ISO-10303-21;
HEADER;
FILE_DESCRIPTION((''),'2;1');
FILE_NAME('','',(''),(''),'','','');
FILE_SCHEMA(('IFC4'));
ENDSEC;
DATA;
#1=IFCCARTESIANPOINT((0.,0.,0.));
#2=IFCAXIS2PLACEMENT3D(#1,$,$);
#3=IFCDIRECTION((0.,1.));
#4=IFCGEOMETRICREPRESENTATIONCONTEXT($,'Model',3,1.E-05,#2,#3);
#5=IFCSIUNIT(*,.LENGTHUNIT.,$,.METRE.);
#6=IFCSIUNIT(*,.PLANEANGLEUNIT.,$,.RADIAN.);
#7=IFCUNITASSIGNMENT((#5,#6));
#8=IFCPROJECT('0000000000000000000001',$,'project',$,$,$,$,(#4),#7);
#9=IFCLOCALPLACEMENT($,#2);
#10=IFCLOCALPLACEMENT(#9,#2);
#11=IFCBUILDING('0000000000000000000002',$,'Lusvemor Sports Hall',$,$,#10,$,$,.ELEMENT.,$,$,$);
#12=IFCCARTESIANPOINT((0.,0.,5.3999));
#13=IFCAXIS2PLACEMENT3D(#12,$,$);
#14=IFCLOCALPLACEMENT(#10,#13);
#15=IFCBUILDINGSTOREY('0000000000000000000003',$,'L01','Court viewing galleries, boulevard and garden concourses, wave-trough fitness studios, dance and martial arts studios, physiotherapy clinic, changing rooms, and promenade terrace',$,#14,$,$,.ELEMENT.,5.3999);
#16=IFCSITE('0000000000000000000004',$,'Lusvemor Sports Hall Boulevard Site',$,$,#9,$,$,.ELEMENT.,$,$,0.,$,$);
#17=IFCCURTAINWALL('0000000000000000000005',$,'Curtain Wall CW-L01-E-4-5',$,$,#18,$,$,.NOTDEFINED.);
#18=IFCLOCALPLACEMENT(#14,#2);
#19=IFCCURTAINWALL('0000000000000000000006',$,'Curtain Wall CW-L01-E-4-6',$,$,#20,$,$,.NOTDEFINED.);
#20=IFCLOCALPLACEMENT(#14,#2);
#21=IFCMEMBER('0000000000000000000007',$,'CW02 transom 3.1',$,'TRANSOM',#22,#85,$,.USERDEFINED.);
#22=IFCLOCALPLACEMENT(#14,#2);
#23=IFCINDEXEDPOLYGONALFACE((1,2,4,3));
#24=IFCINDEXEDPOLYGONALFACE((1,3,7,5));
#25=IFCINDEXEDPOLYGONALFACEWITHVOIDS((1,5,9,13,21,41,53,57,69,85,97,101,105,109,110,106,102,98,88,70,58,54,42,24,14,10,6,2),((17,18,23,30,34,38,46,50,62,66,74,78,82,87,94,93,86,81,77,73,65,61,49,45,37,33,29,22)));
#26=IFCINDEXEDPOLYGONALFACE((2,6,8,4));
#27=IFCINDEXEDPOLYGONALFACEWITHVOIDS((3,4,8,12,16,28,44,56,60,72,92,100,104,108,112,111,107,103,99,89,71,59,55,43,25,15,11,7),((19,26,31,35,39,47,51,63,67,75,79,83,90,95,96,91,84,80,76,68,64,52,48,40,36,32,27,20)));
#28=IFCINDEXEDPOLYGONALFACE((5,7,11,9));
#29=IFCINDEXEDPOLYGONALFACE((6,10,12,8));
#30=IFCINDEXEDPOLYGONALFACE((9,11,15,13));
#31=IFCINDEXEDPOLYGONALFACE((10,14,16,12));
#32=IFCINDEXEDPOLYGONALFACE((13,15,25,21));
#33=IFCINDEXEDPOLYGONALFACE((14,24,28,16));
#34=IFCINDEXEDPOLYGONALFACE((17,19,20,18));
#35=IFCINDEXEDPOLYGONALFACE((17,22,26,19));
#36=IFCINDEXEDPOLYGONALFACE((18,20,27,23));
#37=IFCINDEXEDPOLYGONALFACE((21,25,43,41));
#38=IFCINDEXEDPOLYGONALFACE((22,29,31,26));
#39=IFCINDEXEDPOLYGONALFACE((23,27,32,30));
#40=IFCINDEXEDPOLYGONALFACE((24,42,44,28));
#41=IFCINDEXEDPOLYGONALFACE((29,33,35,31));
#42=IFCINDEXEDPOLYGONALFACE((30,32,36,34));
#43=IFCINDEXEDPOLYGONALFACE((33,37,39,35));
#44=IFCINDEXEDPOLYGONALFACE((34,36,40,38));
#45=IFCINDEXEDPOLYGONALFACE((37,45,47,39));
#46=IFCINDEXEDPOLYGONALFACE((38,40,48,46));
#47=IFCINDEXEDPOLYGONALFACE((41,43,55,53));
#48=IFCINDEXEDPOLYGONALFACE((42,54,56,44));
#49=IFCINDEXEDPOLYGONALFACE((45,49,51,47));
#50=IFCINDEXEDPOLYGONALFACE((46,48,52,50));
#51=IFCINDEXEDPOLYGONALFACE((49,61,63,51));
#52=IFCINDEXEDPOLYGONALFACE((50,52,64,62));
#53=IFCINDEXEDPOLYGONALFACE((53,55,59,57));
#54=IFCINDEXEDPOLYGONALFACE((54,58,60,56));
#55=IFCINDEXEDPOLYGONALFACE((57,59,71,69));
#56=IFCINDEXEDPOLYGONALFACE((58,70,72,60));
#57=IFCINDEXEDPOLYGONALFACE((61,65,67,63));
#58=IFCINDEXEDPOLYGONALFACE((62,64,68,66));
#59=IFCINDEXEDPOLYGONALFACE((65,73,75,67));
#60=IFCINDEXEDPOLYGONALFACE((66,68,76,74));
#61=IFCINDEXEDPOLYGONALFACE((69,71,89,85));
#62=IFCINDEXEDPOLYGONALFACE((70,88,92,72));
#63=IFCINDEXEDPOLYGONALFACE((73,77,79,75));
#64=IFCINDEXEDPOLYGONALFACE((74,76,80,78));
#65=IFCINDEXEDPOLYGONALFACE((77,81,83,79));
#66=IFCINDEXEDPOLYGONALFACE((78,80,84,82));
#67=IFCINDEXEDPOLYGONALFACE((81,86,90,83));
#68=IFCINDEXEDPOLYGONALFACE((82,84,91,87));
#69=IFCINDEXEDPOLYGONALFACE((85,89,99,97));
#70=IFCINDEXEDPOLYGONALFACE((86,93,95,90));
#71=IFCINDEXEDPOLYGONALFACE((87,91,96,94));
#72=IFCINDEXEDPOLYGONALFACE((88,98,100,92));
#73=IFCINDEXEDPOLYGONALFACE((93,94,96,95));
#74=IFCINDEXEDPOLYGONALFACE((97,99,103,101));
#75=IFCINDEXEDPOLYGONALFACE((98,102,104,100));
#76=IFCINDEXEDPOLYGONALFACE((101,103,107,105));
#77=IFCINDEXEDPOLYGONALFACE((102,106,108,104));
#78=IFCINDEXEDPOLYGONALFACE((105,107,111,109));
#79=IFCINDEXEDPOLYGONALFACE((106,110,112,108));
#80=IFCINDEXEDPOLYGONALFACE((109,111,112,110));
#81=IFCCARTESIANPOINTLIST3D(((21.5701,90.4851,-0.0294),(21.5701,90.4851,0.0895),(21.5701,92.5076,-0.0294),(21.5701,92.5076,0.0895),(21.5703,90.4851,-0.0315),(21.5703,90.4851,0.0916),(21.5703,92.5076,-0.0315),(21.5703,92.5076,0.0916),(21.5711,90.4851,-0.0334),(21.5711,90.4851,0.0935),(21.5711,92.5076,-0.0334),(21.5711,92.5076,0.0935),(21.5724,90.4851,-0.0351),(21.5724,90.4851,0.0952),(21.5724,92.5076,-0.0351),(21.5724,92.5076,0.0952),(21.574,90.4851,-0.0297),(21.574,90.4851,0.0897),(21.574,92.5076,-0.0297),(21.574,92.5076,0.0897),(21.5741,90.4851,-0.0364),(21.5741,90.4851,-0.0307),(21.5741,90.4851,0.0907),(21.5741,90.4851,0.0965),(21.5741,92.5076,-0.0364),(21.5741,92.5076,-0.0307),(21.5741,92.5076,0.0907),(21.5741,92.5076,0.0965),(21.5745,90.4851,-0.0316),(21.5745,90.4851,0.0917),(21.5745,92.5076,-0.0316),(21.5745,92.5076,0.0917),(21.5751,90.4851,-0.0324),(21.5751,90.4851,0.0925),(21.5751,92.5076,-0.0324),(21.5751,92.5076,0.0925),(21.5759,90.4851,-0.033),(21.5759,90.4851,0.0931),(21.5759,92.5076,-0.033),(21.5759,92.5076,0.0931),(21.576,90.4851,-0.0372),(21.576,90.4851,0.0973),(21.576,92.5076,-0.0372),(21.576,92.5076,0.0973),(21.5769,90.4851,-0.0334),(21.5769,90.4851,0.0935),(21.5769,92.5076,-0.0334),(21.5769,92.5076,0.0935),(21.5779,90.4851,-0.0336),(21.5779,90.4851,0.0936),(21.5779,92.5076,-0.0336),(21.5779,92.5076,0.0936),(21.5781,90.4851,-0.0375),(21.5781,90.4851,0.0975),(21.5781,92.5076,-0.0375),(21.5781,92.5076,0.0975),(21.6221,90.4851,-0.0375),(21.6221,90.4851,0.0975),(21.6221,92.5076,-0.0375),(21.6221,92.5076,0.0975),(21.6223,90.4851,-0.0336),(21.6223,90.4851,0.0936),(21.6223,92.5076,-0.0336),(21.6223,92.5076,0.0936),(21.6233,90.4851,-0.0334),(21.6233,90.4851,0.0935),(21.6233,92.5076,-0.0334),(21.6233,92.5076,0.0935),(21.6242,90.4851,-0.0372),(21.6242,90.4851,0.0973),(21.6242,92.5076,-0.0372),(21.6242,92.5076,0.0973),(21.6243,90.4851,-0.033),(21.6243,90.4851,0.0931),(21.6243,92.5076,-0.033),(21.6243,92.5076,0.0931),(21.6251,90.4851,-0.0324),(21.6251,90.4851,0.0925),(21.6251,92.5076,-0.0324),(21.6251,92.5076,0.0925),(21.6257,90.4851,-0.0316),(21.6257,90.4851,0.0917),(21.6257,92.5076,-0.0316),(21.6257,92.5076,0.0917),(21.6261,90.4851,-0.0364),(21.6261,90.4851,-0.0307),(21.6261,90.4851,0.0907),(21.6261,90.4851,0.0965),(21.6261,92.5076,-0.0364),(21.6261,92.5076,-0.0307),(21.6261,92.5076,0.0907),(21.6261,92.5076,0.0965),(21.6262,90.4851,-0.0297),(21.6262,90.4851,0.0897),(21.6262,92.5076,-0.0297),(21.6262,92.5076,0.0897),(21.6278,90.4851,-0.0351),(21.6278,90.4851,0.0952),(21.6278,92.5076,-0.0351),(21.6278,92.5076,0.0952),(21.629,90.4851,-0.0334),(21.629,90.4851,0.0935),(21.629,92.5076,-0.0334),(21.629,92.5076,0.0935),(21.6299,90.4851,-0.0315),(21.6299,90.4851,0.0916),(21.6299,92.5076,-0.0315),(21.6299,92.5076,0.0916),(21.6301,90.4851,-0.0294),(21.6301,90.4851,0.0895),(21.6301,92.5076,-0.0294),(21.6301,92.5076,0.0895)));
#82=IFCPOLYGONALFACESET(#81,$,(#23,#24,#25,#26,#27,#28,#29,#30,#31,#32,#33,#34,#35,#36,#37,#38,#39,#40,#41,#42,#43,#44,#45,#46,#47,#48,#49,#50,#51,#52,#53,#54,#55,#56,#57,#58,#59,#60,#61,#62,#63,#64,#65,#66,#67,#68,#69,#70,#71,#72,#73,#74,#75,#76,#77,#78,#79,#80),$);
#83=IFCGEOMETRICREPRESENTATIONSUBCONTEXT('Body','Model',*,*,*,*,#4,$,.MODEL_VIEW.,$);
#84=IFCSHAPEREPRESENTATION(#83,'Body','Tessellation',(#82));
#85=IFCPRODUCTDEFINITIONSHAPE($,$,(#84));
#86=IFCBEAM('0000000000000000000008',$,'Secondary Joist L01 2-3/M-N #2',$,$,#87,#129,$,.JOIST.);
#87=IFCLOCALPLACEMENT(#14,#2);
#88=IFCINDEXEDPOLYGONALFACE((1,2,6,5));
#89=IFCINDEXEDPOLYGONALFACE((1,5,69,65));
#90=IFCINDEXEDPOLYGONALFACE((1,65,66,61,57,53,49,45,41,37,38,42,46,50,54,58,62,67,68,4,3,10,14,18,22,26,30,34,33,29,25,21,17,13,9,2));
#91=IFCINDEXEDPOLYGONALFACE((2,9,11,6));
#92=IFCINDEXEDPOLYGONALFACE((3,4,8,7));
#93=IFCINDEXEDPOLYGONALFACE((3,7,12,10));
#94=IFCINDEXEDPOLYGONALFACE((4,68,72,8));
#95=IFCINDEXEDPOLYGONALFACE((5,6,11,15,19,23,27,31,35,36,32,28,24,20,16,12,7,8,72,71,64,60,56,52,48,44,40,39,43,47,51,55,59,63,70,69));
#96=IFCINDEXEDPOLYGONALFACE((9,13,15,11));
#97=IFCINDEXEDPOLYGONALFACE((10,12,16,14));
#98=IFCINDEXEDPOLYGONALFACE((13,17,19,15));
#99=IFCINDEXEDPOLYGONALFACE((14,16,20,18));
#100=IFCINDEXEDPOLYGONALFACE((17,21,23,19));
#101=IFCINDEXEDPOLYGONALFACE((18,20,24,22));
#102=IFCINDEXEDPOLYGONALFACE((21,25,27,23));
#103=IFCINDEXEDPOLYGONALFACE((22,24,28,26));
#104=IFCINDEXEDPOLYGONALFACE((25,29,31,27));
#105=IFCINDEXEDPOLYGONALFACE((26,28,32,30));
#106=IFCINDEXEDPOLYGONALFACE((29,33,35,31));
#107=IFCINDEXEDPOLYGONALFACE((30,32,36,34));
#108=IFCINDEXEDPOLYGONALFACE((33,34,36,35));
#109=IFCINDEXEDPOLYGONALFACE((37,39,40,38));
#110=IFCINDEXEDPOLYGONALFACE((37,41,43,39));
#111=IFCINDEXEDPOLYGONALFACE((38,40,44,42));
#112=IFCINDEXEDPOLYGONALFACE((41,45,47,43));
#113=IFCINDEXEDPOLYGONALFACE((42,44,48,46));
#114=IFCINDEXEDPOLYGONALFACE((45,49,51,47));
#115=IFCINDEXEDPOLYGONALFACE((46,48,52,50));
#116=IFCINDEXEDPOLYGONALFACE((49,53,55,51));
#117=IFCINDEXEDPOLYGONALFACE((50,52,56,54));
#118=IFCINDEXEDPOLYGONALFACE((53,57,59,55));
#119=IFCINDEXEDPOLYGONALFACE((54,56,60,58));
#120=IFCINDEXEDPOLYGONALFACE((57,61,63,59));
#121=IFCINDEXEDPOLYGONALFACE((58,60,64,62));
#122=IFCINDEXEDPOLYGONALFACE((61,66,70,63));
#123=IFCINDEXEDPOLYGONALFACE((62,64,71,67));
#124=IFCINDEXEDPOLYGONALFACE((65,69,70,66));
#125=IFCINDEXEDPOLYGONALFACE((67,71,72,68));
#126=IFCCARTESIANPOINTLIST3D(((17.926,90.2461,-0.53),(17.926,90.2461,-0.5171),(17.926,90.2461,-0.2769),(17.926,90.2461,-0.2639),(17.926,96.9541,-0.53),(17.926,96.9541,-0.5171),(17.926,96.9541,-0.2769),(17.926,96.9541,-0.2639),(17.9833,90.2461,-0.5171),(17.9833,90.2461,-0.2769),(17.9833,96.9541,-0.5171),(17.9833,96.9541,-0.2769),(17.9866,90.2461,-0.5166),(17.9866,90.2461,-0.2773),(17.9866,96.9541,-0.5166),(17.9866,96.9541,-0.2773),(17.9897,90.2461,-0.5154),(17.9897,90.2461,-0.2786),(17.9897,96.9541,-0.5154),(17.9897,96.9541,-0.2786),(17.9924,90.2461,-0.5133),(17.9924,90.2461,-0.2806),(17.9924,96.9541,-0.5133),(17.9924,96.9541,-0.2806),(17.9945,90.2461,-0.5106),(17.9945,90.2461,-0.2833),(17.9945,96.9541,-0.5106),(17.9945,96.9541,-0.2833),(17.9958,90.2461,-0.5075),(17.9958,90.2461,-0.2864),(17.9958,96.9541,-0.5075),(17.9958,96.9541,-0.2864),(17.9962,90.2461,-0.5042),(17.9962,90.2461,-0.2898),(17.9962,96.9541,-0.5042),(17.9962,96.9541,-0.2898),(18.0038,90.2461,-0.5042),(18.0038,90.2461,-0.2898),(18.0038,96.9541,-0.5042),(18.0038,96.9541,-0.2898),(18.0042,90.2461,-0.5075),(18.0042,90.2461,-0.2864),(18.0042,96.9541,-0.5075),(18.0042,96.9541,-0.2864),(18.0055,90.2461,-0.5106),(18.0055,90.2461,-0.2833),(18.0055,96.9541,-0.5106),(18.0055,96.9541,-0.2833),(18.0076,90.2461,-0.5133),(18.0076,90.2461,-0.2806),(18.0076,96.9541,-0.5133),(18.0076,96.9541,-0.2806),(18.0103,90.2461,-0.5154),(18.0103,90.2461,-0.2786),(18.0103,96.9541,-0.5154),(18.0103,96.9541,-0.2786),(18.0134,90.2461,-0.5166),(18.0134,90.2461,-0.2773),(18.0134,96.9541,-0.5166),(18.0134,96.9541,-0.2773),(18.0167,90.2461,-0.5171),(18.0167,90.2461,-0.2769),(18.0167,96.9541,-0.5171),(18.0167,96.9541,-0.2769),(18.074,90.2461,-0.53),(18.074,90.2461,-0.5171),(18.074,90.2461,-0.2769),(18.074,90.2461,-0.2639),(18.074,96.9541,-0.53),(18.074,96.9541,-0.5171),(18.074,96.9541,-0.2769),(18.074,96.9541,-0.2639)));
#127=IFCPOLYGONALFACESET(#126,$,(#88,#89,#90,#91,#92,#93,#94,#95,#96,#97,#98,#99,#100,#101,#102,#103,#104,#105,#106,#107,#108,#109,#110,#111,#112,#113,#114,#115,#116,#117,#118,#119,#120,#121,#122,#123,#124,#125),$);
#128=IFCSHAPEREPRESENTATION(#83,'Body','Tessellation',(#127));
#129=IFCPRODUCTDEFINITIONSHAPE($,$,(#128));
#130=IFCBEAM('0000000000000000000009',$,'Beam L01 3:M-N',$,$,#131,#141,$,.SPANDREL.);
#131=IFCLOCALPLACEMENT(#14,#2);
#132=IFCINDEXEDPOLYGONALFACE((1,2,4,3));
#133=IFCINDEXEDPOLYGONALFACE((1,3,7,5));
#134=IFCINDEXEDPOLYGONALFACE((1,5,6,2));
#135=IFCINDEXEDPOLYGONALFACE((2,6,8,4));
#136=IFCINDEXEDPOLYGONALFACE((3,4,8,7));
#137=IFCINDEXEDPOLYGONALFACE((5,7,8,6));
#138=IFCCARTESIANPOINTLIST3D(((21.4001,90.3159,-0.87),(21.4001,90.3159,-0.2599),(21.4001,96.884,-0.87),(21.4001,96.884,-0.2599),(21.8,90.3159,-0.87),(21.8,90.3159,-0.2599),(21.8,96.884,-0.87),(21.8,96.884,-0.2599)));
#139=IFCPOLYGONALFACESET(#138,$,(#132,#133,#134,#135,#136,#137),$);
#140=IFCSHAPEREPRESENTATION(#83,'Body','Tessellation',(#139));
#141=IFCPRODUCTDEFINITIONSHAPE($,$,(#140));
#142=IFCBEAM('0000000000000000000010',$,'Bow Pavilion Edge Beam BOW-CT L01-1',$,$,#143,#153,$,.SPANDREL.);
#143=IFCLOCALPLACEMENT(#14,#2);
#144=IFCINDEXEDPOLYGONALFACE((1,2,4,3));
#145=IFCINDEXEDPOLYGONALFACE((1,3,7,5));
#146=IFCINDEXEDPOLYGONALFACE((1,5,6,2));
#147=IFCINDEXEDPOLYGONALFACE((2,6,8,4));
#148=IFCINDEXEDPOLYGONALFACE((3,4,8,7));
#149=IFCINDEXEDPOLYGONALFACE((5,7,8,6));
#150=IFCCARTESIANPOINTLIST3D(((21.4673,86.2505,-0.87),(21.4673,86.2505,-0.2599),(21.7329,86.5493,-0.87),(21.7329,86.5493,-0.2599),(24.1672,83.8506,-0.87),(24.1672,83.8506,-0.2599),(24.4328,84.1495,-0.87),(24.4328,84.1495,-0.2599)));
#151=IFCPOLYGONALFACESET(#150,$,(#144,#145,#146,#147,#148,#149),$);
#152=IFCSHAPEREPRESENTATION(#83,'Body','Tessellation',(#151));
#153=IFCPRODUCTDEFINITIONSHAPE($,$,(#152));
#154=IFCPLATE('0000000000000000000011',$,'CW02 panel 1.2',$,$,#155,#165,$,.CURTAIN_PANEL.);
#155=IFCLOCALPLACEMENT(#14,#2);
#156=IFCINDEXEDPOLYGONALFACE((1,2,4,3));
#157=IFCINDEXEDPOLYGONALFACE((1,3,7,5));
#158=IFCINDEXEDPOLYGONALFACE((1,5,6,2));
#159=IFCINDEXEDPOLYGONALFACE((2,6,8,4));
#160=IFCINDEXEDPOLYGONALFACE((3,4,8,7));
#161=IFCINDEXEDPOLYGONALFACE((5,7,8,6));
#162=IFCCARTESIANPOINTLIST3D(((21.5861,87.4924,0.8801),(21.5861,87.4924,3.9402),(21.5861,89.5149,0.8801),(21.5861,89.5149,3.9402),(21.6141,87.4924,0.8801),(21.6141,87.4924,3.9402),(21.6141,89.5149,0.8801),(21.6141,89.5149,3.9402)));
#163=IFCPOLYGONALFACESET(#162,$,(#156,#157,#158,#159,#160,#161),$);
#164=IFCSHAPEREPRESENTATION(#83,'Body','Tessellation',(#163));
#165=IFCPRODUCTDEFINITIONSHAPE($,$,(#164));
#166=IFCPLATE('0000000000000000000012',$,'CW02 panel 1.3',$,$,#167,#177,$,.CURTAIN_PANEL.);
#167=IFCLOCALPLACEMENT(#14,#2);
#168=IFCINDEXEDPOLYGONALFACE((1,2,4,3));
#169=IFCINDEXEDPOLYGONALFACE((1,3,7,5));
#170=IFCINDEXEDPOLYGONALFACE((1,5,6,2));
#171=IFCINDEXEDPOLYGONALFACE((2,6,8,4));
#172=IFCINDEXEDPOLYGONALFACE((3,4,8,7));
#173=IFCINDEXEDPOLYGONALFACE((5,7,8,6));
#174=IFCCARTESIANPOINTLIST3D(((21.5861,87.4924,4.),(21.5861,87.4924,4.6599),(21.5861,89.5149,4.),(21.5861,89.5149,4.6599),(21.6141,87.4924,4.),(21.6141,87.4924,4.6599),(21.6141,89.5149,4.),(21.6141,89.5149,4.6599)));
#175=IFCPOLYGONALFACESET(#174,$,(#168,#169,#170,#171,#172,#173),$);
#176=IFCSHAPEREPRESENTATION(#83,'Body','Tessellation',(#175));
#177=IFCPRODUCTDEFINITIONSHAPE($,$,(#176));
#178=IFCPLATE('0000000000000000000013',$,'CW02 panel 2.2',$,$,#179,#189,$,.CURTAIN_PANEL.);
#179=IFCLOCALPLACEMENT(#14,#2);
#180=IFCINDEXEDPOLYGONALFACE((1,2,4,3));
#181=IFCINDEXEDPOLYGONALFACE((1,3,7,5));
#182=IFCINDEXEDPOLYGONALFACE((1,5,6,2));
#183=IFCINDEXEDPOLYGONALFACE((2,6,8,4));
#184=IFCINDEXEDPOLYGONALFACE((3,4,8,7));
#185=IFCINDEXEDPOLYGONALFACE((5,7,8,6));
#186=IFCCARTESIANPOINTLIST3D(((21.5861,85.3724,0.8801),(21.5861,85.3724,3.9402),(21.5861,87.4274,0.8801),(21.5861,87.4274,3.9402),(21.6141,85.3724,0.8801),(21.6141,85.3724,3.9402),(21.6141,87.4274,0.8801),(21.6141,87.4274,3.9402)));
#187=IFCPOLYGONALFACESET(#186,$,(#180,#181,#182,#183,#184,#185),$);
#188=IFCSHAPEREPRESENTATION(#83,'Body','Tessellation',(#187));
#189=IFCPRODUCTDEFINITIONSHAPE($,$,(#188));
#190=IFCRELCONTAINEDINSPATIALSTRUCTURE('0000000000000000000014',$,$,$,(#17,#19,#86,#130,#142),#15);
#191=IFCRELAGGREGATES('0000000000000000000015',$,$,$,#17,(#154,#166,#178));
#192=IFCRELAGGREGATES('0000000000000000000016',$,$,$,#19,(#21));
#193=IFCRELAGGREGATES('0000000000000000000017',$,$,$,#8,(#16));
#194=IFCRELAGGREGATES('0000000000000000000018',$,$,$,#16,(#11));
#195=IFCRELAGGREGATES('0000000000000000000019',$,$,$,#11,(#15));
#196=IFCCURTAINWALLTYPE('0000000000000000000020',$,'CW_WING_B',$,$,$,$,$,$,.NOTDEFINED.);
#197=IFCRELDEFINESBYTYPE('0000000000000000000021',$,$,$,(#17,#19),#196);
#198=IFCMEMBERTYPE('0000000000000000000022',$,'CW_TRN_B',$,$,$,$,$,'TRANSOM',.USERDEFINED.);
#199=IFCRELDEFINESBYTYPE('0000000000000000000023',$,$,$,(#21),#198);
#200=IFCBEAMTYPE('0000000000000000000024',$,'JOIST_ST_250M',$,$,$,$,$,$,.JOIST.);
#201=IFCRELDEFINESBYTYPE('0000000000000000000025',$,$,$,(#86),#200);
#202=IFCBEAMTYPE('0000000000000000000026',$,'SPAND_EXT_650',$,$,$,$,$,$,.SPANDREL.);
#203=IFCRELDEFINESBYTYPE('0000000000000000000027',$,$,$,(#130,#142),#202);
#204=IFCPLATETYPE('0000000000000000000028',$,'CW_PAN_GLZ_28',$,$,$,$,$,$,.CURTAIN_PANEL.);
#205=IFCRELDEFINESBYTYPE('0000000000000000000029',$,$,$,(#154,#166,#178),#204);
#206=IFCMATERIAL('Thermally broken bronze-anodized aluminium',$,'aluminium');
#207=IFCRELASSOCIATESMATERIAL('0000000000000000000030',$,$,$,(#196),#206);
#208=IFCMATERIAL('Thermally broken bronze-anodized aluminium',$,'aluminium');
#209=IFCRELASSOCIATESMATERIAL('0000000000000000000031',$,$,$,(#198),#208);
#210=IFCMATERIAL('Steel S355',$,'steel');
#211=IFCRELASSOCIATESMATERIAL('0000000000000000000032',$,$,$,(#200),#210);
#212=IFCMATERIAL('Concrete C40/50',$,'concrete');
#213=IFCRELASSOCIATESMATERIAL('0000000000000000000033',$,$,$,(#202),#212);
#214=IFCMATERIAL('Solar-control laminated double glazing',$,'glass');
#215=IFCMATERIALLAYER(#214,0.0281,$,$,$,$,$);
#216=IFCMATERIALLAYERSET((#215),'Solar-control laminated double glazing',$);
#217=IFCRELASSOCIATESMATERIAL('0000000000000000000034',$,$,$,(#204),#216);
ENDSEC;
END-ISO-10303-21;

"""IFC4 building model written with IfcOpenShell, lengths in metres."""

from ifc_helpers import new_model, si_unit, direction, frame, origin, origin_2d, place, context, subcontext, project, spatial, rectangle, hollow_rectangle, i_section, extrude, material, layer, layer_set, material_profile, profile_set, type_object, element, aggregate, save


model = new_model("IFC4")

# Units and contexts
model_context = context("Model", 3, precision=1e-05, world=origin(), true_north=direction((0.0, 1.0)))
body_context = subcontext(model_context, "Body", "Model", "MODEL_VIEW")
ifc_project = project(units=[si_unit("LENGTHUNIT", "METRE"), si_unit("PLANEANGLEUNIT", "RADIAN")], contexts=[model_context])

# Site, building, storey
site_placement = place(None, origin())
site = spatial("IfcSite", under=ifc_project, at=site_placement, Name="Lusvemor Sports Hall Boulevard Site", CompositionType="ELEMENT", RefElevation=0.0)
building_placement = place(site_placement, origin())
building = spatial("IfcBuilding", under=site, at=building_placement, Name="Lusvemor Sports Hall", CompositionType="ELEMENT")
storey_placement = place(building_placement, frame((0.0, 0.0, 5.3999)))
storey = spatial("IfcBuildingStorey", under=building, at=storey_placement, Name="L01", Description="Court viewing galleries, boulevard and garden concourses, wave-trough fitness studios, dance and martial arts studios, physiotherapy clinic, changing rooms, and promenade terrace", CompositionType="ELEMENT", Elevation=5.3999)

# Curtain wall
ifc_material_1 = material(Name="Thermally broken bronze-anodized aluminium", Category="aluminium")
curtain_wall_type = type_object("IfcCurtainWallType", Name="CW_WING_B", PredefinedType="NOTDEFINED", material=ifc_material_1)
curtain_wall_1_placement = place(storey_placement, origin())
curtain_wall_1 = element("IfcCurtainWall", 1, at=curtain_wall_1_placement, inside=storey, type_object=curtain_wall_type, Name="Curtain Wall CW-L01-E-4-5", PredefinedType="NOTDEFINED")

# Curtain wall
curtain_wall_2_placement = place(storey_placement, origin())
curtain_wall_2 = element("IfcCurtainWall", 2, at=curtain_wall_2_placement, inside=storey, type_object=curtain_wall_type, Name="Curtain Wall CW-L01-E-4-6", PredefinedType="NOTDEFINED")

# Member
ifc_material_2 = material(Name="Thermally broken bronze-anodized aluminium", Category="aluminium")
ifc_material_profile_1 = material_profile(ifc_material_2, hollow_rectangle(XDim=0.0601, YDim=0.135, WallThickness=0.0039, InnerFilletRadius=0.0039, OuterFilletRadius=0.0081, at=origin_2d()), Name="CWTRN135x60x4")
ifc_profile_set_1 = profile_set([ifc_material_profile_1], Name="Thermally broken bronze-anodized aluminium")
member_type_1 = type_object("IfcMemberType", Name="CW_TRN_B", ElementType="TRANSOM", PredefinedType="USERDEFINED", material=ifc_profile_set_1)
member_1_placement = place(storey_placement, frame((21.6001, 92.5076, 0.03), z_axis=(0.0, -1.0, 0.0), x_axis=(1.0, 0.0, 0.0)))
member_1 = element("IfcMember", 3, at=member_1_placement, type_object=member_type_1, Name="CW02 transom 3.1", ObjectType="TRANSOM", PredefinedType="USERDEFINED", context=body_context, shape_type="SweptSolid", body=[
    extrude(hollow_rectangle(XDim=0.0601, YDim=0.135, WallThickness=0.0039, InnerFilletRadius=0.0039, OuterFilletRadius=0.0081, at=origin_2d()), origin(), (0.0, 0.0, 1.0), 2.0225),
])

# Beams
ifc_material_3 = material(Name="Steel S355", Category="steel")
ifc_material_profile_2 = material_profile(ifc_material_3, i_section(OverallWidth=0.1479, OverallDepth=0.2661, WebThickness=0.0076, FlangeThickness=0.0129, FilletRadius=0.0129, at=origin_2d()), Name="W250x44.8")
ifc_profile_set_2 = profile_set([ifc_material_profile_2], Name="Steel S355")
beam_type_1 = type_object("IfcBeamType", Name="JOIST_ST_250M", PredefinedType="JOIST", material=ifc_profile_set_2)
beam_1_placement = place(storey_placement, frame((18.0, 90.2461, -0.397), z_axis=(0.0, 1.0, 0.0), x_axis=(-1.0, 0.0, 0.0)))
element("IfcBeam", 4, at=beam_1_placement, inside=storey, type_object=beam_type_1, Name="Secondary Joist L01 2-3/M-N #2", PredefinedType="JOIST", context=body_context, shape_type="SweptSolid", body=[
    extrude(i_section(OverallWidth=0.1479, OverallDepth=0.2661, WebThickness=0.0076, FlangeThickness=0.0129, FilletRadius=0.0129, at=origin_2d()), origin(), (0.0, 0.0, 1.0), 6.708),
])
ifc_material_4 = material(Name="Concrete C40/50", Category="concrete")
ifc_material_profile_3 = material_profile(ifc_material_4, rectangle(XDim=0.3999, YDim=0.6101, at=origin_2d()), Name="RC400x610")
ifc_profile_set_3 = profile_set([ifc_material_profile_3], Name="Concrete C40/50")
beam_type_2 = type_object("IfcBeamType", Name="SPAND_EXT_650", PredefinedType="SPANDREL", material=ifc_profile_set_3)
beam_2_placement = place(storey_placement, frame((21.6001, 90.3159, -0.5649), z_axis=(0.0, 1.0, 0.0), x_axis=(-1.0, 0.0, 0.0)))
element("IfcBeam", 5, at=beam_2_placement, inside=storey, type_object=beam_type_2, Name="Beam L01 3:M-N", PredefinedType="SPANDREL", context=body_context, shape_type="SweptSolid", body=[
    extrude(rectangle(XDim=0.3999, YDim=0.6101, at=origin_2d()), origin(), (0.0, 0.0, 1.0), 6.5681),
])
beam_3_placement = place(storey_placement, frame((21.6001, 86.3999, -0.5649), z_axis=(0.747417, -0.664355, 0.0), x_axis=(0.664355, 0.747417, 0.0)))
element("IfcBeam", 6, at=beam_3_placement, inside=storey, type_object=beam_type_2, Name="Bow Pavilion Edge Beam BOW-CT L01-1", PredefinedType="SPANDREL", context=body_context, shape_type="SweptSolid", body=[
    extrude(rectangle(XDim=0.3999, YDim=0.6101, at=origin_2d()), origin(), (0.0, 0.0, 1.0), 3.6123),
])

# Plates
ifc_material_5 = material(Name="Solar-control laminated double glazing", Category="glass")
ifc_layer_1 = layer(ifc_material_5, 0.0281)
ifc_layer_set_1 = layer_set([ifc_layer_1], Name="Solar-control laminated double glazing")
plate_type_1 = type_object("IfcPlateType", Name="CW_PAN_GLZ_28", PredefinedType="CURTAIN_PANEL", material=ifc_layer_set_1)
plate_1_placement = place(storey_placement, frame((21.6001, 88.5037, 0.8801), z_axis=(0.0, 0.0, 1.0), x_axis=(0.0, -1.0, 0.0)))
plate_1 = element("IfcPlate", 7, at=plate_1_placement, type_object=plate_type_1, Name="CW02 panel 1.2", PredefinedType="CURTAIN_PANEL", context=body_context, shape_type="SweptSolid", body=[
    extrude(rectangle(XDim=2.0225, YDim=0.0281, at=origin_2d()), origin(), (0.0, 0.0, 1.0), 3.0601),
])
plate_2_placement = place(storey_placement, frame((21.6001, 88.5037, 4.0), z_axis=(0.0, 0.0, 1.0), x_axis=(0.0, -1.0, 0.0)))
plate_2 = element("IfcPlate", 8, at=plate_2_placement, type_object=plate_type_1, Name="CW02 panel 1.3", PredefinedType="CURTAIN_PANEL", context=body_context, shape_type="SweptSolid", body=[
    extrude(rectangle(XDim=2.0225, YDim=0.0281, at=origin_2d()), origin(), (0.0, 0.0, 1.0), 0.6599),
])
plate_3_placement = place(storey_placement, frame((21.6001, 86.3999, 0.8801), z_axis=(0.0, 0.0, 1.0), x_axis=(0.0, -1.0, 0.0)))
plate_3 = element("IfcPlate", 9, at=plate_3_placement, type_object=plate_type_1, Name="CW02 panel 2.2", PredefinedType="CURTAIN_PANEL", context=body_context, shape_type="SweptSolid", body=[
    extrude(rectangle(XDim=2.0549, YDim=0.0281, at=origin_2d()), origin(), (0.0, 0.0, 1.0), 3.0601),
])
aggregate(curtain_wall_1, [plate_1, plate_2, plate_3])
aggregate(curtain_wall_2, [member_1])

save(model, "model.ifc")
